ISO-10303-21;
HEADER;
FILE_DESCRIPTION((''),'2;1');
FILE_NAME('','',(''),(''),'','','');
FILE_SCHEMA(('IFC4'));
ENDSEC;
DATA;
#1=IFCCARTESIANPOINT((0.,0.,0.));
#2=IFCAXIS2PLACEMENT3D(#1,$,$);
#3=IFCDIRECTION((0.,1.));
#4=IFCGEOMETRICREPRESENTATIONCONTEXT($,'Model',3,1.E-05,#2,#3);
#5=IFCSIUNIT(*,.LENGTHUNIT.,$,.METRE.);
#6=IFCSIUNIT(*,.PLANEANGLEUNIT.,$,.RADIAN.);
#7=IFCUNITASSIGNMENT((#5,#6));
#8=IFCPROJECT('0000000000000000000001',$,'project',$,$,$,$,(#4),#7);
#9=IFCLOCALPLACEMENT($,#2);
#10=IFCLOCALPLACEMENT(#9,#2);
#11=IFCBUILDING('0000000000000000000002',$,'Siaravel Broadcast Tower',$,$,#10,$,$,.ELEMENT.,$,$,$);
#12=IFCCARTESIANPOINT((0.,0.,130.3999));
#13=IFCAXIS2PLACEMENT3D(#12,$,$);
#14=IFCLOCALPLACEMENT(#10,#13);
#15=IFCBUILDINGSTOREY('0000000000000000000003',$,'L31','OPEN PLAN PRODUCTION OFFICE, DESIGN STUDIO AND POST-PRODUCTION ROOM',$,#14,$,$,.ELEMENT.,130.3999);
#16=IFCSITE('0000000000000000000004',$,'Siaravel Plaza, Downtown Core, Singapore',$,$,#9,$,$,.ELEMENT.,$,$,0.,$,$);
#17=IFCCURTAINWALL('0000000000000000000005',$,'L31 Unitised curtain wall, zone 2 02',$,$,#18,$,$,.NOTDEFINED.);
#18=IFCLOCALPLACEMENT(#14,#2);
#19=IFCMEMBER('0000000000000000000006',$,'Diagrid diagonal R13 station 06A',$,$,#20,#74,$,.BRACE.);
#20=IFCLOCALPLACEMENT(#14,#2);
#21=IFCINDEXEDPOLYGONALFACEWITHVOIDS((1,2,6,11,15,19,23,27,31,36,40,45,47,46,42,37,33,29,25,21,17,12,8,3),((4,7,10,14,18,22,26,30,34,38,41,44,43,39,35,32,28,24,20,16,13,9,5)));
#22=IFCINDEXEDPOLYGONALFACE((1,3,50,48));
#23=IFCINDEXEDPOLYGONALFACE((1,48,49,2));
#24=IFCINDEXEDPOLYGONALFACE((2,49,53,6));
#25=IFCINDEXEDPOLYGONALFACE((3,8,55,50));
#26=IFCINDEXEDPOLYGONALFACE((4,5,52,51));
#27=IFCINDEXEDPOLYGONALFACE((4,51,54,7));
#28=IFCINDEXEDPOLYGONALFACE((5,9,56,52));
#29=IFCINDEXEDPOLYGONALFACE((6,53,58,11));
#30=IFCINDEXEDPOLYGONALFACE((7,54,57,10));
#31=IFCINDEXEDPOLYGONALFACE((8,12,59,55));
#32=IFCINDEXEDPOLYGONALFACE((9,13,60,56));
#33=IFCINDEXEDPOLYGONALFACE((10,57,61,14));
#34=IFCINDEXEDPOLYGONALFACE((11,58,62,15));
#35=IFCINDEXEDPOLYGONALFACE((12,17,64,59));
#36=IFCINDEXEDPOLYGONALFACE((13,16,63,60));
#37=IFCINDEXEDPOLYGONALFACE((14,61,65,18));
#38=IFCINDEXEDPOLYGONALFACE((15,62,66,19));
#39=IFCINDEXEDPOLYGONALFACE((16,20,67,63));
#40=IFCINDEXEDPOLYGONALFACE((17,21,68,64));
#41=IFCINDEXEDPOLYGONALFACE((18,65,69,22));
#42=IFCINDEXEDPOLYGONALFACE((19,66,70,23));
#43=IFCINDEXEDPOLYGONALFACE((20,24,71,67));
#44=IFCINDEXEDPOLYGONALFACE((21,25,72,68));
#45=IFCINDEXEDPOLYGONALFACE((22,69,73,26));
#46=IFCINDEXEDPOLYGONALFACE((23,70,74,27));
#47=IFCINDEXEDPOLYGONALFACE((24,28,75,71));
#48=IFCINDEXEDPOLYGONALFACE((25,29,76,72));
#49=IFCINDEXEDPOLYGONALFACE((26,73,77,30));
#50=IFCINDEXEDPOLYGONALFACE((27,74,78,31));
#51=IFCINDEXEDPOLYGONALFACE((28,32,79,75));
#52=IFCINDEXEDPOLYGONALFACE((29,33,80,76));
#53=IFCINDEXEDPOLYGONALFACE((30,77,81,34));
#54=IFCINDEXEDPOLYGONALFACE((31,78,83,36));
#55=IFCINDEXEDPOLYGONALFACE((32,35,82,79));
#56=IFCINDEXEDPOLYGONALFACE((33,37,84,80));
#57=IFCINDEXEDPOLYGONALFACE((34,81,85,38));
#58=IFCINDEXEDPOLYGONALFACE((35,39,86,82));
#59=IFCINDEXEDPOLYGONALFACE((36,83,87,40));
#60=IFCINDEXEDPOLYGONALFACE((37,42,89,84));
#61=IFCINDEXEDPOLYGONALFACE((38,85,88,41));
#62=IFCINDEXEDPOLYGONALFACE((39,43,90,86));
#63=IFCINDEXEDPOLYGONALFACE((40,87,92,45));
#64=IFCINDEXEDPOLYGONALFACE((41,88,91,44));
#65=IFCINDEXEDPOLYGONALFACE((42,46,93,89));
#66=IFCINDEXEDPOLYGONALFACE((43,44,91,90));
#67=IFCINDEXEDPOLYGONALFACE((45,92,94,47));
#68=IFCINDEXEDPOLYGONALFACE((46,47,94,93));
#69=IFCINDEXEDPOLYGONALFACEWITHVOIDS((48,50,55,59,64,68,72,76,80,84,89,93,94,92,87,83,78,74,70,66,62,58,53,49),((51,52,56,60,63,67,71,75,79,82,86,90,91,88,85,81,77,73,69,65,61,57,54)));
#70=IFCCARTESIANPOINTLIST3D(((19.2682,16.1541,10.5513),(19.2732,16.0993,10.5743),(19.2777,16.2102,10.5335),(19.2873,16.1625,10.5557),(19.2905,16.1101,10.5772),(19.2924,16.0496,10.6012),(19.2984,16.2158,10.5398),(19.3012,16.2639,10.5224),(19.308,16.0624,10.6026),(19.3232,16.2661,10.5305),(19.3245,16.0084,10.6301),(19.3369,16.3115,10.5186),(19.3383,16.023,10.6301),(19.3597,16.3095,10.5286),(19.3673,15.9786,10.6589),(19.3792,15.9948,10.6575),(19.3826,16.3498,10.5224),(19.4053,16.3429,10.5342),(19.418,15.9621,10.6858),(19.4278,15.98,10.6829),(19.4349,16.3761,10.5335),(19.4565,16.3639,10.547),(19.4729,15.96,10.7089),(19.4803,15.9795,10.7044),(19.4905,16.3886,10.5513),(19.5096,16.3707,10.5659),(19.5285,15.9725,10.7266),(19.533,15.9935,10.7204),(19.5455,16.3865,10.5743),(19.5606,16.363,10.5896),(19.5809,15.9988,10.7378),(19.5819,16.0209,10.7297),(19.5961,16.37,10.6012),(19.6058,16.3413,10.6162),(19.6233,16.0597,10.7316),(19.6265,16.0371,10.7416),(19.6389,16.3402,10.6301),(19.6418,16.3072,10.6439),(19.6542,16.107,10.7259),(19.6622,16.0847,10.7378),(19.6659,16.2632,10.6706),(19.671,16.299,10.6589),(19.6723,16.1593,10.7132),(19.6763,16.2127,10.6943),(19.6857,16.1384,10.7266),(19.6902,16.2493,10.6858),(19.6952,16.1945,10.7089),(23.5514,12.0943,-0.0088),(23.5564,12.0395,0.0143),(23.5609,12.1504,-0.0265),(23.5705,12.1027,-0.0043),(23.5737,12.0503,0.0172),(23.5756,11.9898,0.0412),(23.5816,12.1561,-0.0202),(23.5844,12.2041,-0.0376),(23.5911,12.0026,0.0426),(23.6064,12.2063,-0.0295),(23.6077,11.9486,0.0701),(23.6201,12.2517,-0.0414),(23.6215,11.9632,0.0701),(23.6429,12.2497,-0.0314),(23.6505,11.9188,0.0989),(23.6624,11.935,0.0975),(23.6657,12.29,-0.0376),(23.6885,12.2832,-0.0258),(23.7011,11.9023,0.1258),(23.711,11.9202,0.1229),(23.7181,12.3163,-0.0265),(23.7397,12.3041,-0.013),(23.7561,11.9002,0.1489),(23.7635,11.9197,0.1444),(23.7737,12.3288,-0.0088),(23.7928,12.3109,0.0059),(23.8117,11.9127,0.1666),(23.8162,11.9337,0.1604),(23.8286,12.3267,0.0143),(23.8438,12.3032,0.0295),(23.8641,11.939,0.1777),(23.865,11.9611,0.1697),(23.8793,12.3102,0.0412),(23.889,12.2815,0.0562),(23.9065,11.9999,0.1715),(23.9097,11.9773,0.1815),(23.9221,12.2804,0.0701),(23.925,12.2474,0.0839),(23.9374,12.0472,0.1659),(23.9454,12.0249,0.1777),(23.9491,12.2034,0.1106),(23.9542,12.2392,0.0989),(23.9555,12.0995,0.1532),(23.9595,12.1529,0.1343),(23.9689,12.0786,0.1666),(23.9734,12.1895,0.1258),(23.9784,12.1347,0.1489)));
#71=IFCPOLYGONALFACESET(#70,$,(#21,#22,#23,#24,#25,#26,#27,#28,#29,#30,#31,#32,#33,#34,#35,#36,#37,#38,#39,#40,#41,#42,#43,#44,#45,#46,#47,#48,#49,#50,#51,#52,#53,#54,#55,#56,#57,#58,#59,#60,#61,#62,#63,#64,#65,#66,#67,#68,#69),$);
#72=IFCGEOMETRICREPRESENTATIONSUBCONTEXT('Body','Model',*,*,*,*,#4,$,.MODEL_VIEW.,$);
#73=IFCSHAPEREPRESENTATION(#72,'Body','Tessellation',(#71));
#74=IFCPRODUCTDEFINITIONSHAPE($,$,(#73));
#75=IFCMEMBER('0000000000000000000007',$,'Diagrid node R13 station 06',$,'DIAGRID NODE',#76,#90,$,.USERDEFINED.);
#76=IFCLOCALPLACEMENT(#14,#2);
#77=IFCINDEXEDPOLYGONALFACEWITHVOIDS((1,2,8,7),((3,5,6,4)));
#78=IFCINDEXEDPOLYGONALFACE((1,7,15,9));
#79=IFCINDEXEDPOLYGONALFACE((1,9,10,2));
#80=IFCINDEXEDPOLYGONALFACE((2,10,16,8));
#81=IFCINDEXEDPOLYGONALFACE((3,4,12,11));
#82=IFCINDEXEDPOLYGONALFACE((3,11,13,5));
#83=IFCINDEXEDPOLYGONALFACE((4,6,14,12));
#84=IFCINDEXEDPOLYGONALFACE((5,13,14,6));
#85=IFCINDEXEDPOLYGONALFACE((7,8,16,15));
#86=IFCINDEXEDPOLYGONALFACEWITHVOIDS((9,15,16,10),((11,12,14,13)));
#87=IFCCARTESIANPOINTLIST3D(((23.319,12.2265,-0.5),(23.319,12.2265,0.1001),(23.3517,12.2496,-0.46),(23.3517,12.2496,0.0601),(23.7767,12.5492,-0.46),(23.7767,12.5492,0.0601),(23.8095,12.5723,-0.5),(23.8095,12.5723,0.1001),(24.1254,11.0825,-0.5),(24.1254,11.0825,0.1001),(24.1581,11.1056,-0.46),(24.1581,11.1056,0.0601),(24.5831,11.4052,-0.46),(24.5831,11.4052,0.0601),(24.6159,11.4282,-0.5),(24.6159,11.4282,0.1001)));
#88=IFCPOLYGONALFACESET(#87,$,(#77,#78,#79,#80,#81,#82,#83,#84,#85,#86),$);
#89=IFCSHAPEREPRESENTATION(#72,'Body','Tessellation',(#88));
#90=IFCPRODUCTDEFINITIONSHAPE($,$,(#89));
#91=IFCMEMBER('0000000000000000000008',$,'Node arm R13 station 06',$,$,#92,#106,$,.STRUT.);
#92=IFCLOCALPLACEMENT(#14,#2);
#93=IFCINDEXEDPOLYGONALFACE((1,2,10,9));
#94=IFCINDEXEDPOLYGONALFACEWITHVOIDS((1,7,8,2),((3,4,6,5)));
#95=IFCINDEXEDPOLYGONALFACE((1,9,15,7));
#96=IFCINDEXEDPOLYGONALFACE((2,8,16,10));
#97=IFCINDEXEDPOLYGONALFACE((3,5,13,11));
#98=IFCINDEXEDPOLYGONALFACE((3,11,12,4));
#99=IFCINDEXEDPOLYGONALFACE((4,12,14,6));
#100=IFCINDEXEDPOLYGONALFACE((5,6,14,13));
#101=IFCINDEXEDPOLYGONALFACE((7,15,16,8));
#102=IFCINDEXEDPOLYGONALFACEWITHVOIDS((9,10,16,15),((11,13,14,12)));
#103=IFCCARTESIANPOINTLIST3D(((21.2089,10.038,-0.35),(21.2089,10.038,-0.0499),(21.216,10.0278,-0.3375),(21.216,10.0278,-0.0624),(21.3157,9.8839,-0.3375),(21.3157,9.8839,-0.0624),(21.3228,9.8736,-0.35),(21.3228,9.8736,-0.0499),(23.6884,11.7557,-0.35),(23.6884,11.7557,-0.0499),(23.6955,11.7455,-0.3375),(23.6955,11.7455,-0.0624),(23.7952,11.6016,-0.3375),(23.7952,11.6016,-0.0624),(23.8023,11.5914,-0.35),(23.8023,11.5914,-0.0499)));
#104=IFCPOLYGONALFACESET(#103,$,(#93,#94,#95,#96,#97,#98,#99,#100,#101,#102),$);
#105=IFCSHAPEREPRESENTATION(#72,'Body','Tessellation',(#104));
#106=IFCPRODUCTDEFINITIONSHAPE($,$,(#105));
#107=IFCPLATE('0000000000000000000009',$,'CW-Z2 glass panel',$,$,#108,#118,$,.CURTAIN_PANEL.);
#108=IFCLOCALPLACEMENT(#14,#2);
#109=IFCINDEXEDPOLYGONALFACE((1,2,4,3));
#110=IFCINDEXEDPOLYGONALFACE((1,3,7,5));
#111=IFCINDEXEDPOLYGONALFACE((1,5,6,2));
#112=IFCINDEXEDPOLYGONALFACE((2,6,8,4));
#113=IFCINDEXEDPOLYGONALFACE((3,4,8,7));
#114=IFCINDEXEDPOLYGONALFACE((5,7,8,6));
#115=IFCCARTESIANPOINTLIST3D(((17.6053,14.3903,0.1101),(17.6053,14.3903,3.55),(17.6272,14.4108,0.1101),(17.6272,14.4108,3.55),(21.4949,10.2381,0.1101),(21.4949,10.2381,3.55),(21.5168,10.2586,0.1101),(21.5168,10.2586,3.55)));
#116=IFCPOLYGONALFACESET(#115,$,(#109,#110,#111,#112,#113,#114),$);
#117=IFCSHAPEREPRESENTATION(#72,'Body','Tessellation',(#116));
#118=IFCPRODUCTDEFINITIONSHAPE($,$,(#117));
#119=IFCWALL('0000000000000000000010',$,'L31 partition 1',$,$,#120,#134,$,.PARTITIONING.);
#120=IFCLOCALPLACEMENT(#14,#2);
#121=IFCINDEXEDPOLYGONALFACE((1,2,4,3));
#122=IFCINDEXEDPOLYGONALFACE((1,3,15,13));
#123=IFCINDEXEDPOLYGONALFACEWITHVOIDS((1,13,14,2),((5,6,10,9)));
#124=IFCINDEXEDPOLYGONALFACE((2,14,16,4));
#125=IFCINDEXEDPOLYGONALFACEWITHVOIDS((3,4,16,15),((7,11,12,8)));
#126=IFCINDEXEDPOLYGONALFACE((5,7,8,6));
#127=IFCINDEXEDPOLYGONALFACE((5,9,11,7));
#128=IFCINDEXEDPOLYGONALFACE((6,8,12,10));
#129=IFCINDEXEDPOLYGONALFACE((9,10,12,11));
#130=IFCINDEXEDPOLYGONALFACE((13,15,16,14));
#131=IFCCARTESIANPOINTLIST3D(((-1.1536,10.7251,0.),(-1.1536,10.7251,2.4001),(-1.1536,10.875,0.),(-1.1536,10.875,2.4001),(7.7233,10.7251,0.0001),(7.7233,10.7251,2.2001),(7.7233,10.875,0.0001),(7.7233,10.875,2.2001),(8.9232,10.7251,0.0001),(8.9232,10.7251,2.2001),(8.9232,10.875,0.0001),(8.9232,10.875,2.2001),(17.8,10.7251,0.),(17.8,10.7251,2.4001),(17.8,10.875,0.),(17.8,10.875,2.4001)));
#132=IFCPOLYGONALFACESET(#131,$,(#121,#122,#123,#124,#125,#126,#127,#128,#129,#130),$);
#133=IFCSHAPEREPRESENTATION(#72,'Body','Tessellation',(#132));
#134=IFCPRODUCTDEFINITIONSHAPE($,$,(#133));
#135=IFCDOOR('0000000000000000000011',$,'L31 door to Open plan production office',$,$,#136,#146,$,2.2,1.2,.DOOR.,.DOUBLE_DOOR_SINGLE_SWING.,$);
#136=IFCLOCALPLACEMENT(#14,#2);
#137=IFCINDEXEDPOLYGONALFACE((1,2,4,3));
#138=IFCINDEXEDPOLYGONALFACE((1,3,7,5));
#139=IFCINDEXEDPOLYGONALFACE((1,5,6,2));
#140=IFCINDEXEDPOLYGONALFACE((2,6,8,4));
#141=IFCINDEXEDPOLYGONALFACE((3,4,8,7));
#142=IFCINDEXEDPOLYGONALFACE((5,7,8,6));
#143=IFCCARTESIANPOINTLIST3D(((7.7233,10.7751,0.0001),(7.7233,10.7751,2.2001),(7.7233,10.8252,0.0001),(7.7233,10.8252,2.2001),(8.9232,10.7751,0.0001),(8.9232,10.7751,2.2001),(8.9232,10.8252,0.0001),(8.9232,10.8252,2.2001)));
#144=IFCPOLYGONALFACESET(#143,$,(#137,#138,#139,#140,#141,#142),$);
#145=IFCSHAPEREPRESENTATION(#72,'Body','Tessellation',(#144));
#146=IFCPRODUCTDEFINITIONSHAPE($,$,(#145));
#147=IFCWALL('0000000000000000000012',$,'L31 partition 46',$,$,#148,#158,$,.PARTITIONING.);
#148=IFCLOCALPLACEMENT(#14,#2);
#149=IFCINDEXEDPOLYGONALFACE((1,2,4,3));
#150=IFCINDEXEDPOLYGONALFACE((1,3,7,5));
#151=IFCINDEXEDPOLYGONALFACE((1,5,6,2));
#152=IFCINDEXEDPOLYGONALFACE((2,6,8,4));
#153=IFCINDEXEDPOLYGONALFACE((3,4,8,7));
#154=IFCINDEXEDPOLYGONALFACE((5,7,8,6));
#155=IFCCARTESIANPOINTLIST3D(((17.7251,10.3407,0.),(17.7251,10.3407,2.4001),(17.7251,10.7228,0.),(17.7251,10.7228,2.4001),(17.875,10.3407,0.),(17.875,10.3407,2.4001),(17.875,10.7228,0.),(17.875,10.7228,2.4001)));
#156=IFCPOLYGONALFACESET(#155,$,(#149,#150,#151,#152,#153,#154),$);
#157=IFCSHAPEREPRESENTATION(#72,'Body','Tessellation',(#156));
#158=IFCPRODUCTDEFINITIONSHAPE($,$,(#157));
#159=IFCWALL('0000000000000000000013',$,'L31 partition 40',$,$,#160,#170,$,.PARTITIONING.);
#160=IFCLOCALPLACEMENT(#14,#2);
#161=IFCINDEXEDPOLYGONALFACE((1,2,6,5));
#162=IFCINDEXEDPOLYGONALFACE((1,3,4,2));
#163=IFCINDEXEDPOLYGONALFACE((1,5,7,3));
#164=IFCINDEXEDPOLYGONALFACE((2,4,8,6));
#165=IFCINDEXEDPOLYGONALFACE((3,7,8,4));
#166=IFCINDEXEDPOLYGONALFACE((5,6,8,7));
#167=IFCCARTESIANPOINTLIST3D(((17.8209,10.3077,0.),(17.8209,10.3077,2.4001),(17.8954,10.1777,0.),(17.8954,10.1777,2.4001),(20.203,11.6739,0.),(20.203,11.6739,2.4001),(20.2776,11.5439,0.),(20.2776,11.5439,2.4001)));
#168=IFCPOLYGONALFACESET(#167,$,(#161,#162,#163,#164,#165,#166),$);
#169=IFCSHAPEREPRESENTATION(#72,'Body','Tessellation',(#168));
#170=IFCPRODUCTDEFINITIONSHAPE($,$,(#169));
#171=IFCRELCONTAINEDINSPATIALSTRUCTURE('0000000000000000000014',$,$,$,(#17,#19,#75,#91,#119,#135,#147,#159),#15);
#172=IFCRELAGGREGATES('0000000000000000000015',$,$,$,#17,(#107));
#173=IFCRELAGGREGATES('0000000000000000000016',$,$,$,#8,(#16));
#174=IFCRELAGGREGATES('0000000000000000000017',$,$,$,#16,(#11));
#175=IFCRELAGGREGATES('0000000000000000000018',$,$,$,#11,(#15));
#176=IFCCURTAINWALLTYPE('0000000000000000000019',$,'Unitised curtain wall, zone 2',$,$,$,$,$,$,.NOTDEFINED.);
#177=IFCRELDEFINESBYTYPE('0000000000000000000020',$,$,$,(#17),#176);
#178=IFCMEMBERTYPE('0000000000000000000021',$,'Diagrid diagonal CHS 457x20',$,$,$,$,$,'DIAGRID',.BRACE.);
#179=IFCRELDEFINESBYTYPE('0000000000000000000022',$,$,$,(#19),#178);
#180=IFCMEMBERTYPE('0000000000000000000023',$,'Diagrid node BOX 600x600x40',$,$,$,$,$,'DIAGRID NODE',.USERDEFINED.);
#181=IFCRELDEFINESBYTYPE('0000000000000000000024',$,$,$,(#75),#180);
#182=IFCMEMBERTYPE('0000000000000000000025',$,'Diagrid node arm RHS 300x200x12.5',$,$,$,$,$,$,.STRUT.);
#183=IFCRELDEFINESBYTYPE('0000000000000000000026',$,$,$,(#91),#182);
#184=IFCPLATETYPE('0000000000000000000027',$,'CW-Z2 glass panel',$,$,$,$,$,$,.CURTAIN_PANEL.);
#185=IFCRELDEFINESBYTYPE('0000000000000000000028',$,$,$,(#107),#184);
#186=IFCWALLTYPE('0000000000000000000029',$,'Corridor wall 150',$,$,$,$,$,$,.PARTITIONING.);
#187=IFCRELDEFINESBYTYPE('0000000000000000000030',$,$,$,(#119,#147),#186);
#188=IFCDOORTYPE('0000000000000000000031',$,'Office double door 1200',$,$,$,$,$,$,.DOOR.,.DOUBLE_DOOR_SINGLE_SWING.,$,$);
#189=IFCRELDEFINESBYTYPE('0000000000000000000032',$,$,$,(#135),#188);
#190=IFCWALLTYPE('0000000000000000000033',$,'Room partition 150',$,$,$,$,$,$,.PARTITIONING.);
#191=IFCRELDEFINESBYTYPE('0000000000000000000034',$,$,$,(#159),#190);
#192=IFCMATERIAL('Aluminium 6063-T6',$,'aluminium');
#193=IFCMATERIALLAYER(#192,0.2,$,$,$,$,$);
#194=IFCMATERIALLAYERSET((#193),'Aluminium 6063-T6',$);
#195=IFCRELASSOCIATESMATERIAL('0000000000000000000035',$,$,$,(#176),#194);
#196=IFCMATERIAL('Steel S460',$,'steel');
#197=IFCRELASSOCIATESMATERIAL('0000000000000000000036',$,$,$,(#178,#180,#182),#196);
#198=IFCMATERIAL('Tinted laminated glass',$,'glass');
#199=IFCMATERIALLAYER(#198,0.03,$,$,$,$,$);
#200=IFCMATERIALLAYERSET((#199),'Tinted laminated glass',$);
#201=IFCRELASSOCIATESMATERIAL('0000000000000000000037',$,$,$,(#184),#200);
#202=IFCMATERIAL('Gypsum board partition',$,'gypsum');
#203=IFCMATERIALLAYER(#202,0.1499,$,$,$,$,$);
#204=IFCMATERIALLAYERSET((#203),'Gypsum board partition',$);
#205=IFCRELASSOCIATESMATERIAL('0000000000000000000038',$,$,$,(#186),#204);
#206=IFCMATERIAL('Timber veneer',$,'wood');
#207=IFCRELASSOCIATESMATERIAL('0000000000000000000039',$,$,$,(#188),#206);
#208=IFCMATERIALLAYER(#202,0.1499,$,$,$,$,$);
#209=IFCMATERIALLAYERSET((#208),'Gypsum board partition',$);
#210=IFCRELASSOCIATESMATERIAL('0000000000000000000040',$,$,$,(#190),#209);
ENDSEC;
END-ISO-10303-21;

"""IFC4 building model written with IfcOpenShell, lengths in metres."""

from ifc_helpers import new_model, si_unit, direction, frame, frame_2d, origin, origin_2d, place, context, subcontext, project, spatial, rectangle, hollow_rectangle, hollow_circle, extrude, material, layer, layer_set, material_profile, profile_set, type_object, element, fill, aggregate, save


model = new_model("IFC4")

# Units and contexts
model_context = context("Model", 3, precision=1e-05, world=origin(), true_north=direction((0.0, 1.0)))
body_context = subcontext(model_context, "Body", "Model", "MODEL_VIEW")
ifc_project = project(units=[si_unit("LENGTHUNIT", "METRE"), si_unit("PLANEANGLEUNIT", "RADIAN")], contexts=[model_context])

# Site, building, storey
site_placement = place(None, origin())
site = spatial("IfcSite", under=ifc_project, at=site_placement, Name="Siaravel Plaza, Downtown Core, Singapore", CompositionType="ELEMENT", RefElevation=0.0)
building_placement = place(site_placement, origin())
building = spatial("IfcBuilding", under=site, at=building_placement, Name="Siaravel Broadcast Tower", CompositionType="ELEMENT")
storey_placement = place(building_placement, frame((0.0, 0.0, 130.3999)))
storey = spatial("IfcBuildingStorey", under=building, at=storey_placement, Name="L31", Description="OPEN PLAN PRODUCTION OFFICE, DESIGN STUDIO AND POST-PRODUCTION ROOM", CompositionType="ELEMENT", Elevation=130.3999)

# Shared definitions
ifc_material_1 = material(Name="Aluminium 6063-T6", Category="aluminium")
ifc_layer_1 = layer(ifc_material_1, 0.2)
ifc_layer_set_1 = layer_set([ifc_layer_1], Name="Aluminium 6063-T6")
curtain_wall_type = type_object("IfcCurtainWallType", Name="Unitised curtain wall, zone 2", PredefinedType="NOTDEFINED", material=ifc_layer_set_1)

# Curtain wall
curtain_wall_1_placement = place(storey_placement, origin())
curtain_wall_1 = element("IfcCurtainWall", 1, at=curtain_wall_1_placement, inside=storey, type_object=curtain_wall_type, Name="L31 Unitised curtain wall, zone 2 02", PredefinedType="NOTDEFINED")

# Members
ifc_material_2 = material(Name="Steel S460", Category="steel")
ifc_material_profile_1 = material_profile(ifc_material_2, hollow_circle(Radius=0.2285, WallThickness=0.02, at=origin_2d()))
ifc_profile_set_1 = profile_set([ifc_material_profile_1], Name="Steel S460")
member_type_1 = type_object("IfcMemberType", Name="Diagrid diagonal CHS 457x20", ElementType="DIAGRID", PredefinedType="BRACE", material=ifc_profile_set_1)
member_1_placement = place(storey_placement, frame((23.7649, 12.1145, 0.0701), z_axis=(-0.354065, 0.335599, 0.872933), x_axis=(-0.687927, -0.72578, 0.0)))
element("IfcMember", 2, at=member_1_placement, inside=storey, type_object=member_type_1, Name="Diagrid diagonal R13 station 06A", PredefinedType="BRACE", context=body_context, shape_type="SweptSolid", body=[
    extrude(hollow_circle(Radius=0.2285, WallThickness=0.02, at=origin_2d()), origin(), (0.0, 0.0, 1.0), 12.0972),
])
ifc_material_profile_2 = material_profile(ifc_material_2, hollow_rectangle(XDim=0.6001, YDim=0.6001, WallThickness=0.04, at=origin_2d()))
ifc_profile_set_2 = profile_set([ifc_material_profile_2], Name="Steel S460")
member_type_2 = type_object("IfcMemberType", Name="Diagrid node BOX 600x600x40", ElementType="DIAGRID NODE", PredefinedType="USERDEFINED", material=ifc_profile_set_2)
member_2_placement = place(storey_placement, frame((24.3706, 11.2554, -0.2), z_axis=(-0.576128, 0.817359, 0.0), x_axis=(-0.817359, -0.576128, 0.0)))
element("IfcMember", 3, at=member_2_placement, inside=storey, type_object=member_type_2, Name="Diagrid node R13 station 06", ObjectType="DIAGRID NODE", PredefinedType="USERDEFINED", context=body_context, shape_type="SweptSolid", body=[
    extrude(hollow_rectangle(XDim=0.6001, YDim=0.6001, WallThickness=0.04, at=origin_2d()), origin(), (0.0, 0.0, 1.0), 1.3997),
])
ifc_material_profile_3 = material_profile(ifc_material_2, hollow_rectangle(XDim=0.2, YDim=0.3, WallThickness=0.0125, at=origin_2d()))
ifc_profile_set_3 = profile_set([ifc_material_profile_3], Name="Steel S460")
member_type_3 = type_object("IfcMemberType", Name="Diagrid node arm RHS 300x200x12.5", PredefinedType="STRUT", material=ifc_profile_set_3)
member_3_placement = place(storey_placement, frame((21.2659, 9.9558, -0.2), z_axis=(0.822006, 0.569479, 0.0), x_axis=(-0.569479, 0.822006, 0.0)))
element("IfcMember", 4, at=member_3_placement, inside=storey, type_object=member_type_3, Name="Node arm R13 station 06", PredefinedType="STRUT", context=body_context, shape_type="SweptSolid", body=[
    extrude(hollow_rectangle(XDim=0.2, YDim=0.3, WallThickness=0.0125, at=origin_2d()), origin(), (0.0, 0.0, 1.0), 3.0164),
])

# Plate
ifc_material_3 = material(Name="Tinted laminated glass", Category="glass")
ifc_layer_2 = layer(ifc_material_3, 0.03)
ifc_layer_set_2 = layer_set([ifc_layer_2], Name="Tinted laminated glass")
plate_type = type_object("IfcPlateType", Name="CW-Z2 glass panel", PredefinedType="CURTAIN_PANEL", material=ifc_layer_set_2)
plate_placement = place(storey_placement, frame((19.561, 12.3245, 0.1101), z_axis=(0.0, 0.0, 1.0), x_axis=(-0.683653, 0.729807, 0.0)))
plate = element("IfcPlate", 5, at=plate_placement, type_object=plate_type, Name="CW-Z2 glass panel", PredefinedType="CURTAIN_PANEL", context=body_context, shape_type="SweptSolid", body=[
    extrude(rectangle(XDim=5.6895, YDim=0.03, at=origin_2d()), origin(), (0.0, 0.0, 1.0), 3.4399),
])
aggregate(curtain_wall_1, [plate])

# Wall, opening, door
ifc_material_4 = material(Name="Gypsum board partition", Category="gypsum")
ifc_layer_3 = layer(ifc_material_4, 0.1499)
ifc_layer_set_3 = layer_set([ifc_layer_3], Name="Gypsum board partition")
wall_type_1 = type_object("IfcWallType", Name="Corridor wall 150", PredefinedType="PARTITIONING", material=ifc_layer_set_3)
wall_1_placement = place(storey_placement, frame((17.8, 10.8, 0.0), z_axis=(0.0, 0.0, 1.0), x_axis=(-1.0, 0.0, 0.0)))
wall_1 = element("IfcWall", 6, at=wall_1_placement, inside=storey, type_object=wall_type_1, Name="L31 partition 1", PredefinedType="PARTITIONING", context=body_context, shape_type="SweptSolid", body=[
    extrude(rectangle(XDim=18.9536, YDim=0.1499, at=frame_2d((9.4768, 0.0))), origin(), (0.0, 0.0, 1.0), 2.4001),
])
opening_placement = place(wall_1_placement, frame((8.8767, 0.0, 0.0)))
opening = element("IfcOpeningElement", 7, at=opening_placement, cuts=wall_1, PredefinedType="OPENING", context=body_context, shape_type="SweptSolid", body=[
    extrude(rectangle(XDim=1.2, YDim=2.2, at=frame_2d((0.6001, 1.1001))), frame((0.0, 0.085, 0.0), z_axis=(0.0, -1.0, 0.0), x_axis=(1.0, 0.0, 0.0)), (0.0, 0.0, 1.0), 0.1699),
])
ifc_material_5 = material(Name="Timber veneer", Category="wood")
door_type = type_object("IfcDoorType", Name="Office double door 1200", OperationType="DOUBLE_DOOR_SINGLE_SWING", PredefinedType="DOOR", material=ifc_material_5)
door_placement = place(opening_placement, origin())
door = element("IfcDoor", 8, at=door_placement, inside=storey, type_object=door_type, Name="L31 door to Open plan production office", OperationType="DOUBLE_DOOR_SINGLE_SWING", OverallHeight=2.2, OverallWidth=1.2, PredefinedType="DOOR", context=body_context, shape_type="SweptSolid", body=[
    extrude(rectangle(XDim=1.2, YDim=2.2, at=frame_2d((0.6001, 1.1001))), frame((0.0, 0.0249, 0.0), z_axis=(0.0, -1.0, 0.0), x_axis=(1.0, 0.0, 0.0)), (0.0, 0.0, 1.0), 0.05),
])
fill(opening, door)

# Walls
wall_2_placement = place(storey_placement, frame((17.8, 10.3408, 0.0), z_axis=(0.0, 0.0, 1.0), x_axis=(0.0, 1.0, 0.0)))
element("IfcWall", 9, at=wall_2_placement, inside=storey, type_object=wall_type_1, Name="L31 partition 46", PredefinedType="PARTITIONING", context=body_context, shape_type="SweptSolid", body=[
    extrude(rectangle(XDim=0.3821, YDim=0.1499, at=frame_2d((0.1909, 0.0))), origin(), (0.0, 0.0, 1.0), 2.4001),
])
ifc_layer_4 = layer(ifc_material_4, 0.1499)
ifc_layer_set_4 = layer_set([ifc_layer_4], Name="Gypsum board partition")
wall_type_2 = type_object("IfcWallType", Name="Room partition 150", PredefinedType="PARTITIONING", material=ifc_layer_set_4)
wall_3_placement = place(storey_placement, frame((17.8582, 10.2427, 0.0), z_axis=(0.0, 0.0, 1.0), x_axis=(0.867454, 0.497517, 0.0)))
element("IfcWall", 10, at=wall_3_placement, inside=storey, type_object=wall_type_2, Name="L31 partition 40", PredefinedType="PARTITIONING", context=body_context, shape_type="SweptSolid", body=[
    extrude(rectangle(XDim=2.7461, YDim=0.1499, at=frame_2d((1.373, 0.0))), origin(), (0.0, 0.0, 1.0), 2.4001),
])

save(model, "model.ifc")
